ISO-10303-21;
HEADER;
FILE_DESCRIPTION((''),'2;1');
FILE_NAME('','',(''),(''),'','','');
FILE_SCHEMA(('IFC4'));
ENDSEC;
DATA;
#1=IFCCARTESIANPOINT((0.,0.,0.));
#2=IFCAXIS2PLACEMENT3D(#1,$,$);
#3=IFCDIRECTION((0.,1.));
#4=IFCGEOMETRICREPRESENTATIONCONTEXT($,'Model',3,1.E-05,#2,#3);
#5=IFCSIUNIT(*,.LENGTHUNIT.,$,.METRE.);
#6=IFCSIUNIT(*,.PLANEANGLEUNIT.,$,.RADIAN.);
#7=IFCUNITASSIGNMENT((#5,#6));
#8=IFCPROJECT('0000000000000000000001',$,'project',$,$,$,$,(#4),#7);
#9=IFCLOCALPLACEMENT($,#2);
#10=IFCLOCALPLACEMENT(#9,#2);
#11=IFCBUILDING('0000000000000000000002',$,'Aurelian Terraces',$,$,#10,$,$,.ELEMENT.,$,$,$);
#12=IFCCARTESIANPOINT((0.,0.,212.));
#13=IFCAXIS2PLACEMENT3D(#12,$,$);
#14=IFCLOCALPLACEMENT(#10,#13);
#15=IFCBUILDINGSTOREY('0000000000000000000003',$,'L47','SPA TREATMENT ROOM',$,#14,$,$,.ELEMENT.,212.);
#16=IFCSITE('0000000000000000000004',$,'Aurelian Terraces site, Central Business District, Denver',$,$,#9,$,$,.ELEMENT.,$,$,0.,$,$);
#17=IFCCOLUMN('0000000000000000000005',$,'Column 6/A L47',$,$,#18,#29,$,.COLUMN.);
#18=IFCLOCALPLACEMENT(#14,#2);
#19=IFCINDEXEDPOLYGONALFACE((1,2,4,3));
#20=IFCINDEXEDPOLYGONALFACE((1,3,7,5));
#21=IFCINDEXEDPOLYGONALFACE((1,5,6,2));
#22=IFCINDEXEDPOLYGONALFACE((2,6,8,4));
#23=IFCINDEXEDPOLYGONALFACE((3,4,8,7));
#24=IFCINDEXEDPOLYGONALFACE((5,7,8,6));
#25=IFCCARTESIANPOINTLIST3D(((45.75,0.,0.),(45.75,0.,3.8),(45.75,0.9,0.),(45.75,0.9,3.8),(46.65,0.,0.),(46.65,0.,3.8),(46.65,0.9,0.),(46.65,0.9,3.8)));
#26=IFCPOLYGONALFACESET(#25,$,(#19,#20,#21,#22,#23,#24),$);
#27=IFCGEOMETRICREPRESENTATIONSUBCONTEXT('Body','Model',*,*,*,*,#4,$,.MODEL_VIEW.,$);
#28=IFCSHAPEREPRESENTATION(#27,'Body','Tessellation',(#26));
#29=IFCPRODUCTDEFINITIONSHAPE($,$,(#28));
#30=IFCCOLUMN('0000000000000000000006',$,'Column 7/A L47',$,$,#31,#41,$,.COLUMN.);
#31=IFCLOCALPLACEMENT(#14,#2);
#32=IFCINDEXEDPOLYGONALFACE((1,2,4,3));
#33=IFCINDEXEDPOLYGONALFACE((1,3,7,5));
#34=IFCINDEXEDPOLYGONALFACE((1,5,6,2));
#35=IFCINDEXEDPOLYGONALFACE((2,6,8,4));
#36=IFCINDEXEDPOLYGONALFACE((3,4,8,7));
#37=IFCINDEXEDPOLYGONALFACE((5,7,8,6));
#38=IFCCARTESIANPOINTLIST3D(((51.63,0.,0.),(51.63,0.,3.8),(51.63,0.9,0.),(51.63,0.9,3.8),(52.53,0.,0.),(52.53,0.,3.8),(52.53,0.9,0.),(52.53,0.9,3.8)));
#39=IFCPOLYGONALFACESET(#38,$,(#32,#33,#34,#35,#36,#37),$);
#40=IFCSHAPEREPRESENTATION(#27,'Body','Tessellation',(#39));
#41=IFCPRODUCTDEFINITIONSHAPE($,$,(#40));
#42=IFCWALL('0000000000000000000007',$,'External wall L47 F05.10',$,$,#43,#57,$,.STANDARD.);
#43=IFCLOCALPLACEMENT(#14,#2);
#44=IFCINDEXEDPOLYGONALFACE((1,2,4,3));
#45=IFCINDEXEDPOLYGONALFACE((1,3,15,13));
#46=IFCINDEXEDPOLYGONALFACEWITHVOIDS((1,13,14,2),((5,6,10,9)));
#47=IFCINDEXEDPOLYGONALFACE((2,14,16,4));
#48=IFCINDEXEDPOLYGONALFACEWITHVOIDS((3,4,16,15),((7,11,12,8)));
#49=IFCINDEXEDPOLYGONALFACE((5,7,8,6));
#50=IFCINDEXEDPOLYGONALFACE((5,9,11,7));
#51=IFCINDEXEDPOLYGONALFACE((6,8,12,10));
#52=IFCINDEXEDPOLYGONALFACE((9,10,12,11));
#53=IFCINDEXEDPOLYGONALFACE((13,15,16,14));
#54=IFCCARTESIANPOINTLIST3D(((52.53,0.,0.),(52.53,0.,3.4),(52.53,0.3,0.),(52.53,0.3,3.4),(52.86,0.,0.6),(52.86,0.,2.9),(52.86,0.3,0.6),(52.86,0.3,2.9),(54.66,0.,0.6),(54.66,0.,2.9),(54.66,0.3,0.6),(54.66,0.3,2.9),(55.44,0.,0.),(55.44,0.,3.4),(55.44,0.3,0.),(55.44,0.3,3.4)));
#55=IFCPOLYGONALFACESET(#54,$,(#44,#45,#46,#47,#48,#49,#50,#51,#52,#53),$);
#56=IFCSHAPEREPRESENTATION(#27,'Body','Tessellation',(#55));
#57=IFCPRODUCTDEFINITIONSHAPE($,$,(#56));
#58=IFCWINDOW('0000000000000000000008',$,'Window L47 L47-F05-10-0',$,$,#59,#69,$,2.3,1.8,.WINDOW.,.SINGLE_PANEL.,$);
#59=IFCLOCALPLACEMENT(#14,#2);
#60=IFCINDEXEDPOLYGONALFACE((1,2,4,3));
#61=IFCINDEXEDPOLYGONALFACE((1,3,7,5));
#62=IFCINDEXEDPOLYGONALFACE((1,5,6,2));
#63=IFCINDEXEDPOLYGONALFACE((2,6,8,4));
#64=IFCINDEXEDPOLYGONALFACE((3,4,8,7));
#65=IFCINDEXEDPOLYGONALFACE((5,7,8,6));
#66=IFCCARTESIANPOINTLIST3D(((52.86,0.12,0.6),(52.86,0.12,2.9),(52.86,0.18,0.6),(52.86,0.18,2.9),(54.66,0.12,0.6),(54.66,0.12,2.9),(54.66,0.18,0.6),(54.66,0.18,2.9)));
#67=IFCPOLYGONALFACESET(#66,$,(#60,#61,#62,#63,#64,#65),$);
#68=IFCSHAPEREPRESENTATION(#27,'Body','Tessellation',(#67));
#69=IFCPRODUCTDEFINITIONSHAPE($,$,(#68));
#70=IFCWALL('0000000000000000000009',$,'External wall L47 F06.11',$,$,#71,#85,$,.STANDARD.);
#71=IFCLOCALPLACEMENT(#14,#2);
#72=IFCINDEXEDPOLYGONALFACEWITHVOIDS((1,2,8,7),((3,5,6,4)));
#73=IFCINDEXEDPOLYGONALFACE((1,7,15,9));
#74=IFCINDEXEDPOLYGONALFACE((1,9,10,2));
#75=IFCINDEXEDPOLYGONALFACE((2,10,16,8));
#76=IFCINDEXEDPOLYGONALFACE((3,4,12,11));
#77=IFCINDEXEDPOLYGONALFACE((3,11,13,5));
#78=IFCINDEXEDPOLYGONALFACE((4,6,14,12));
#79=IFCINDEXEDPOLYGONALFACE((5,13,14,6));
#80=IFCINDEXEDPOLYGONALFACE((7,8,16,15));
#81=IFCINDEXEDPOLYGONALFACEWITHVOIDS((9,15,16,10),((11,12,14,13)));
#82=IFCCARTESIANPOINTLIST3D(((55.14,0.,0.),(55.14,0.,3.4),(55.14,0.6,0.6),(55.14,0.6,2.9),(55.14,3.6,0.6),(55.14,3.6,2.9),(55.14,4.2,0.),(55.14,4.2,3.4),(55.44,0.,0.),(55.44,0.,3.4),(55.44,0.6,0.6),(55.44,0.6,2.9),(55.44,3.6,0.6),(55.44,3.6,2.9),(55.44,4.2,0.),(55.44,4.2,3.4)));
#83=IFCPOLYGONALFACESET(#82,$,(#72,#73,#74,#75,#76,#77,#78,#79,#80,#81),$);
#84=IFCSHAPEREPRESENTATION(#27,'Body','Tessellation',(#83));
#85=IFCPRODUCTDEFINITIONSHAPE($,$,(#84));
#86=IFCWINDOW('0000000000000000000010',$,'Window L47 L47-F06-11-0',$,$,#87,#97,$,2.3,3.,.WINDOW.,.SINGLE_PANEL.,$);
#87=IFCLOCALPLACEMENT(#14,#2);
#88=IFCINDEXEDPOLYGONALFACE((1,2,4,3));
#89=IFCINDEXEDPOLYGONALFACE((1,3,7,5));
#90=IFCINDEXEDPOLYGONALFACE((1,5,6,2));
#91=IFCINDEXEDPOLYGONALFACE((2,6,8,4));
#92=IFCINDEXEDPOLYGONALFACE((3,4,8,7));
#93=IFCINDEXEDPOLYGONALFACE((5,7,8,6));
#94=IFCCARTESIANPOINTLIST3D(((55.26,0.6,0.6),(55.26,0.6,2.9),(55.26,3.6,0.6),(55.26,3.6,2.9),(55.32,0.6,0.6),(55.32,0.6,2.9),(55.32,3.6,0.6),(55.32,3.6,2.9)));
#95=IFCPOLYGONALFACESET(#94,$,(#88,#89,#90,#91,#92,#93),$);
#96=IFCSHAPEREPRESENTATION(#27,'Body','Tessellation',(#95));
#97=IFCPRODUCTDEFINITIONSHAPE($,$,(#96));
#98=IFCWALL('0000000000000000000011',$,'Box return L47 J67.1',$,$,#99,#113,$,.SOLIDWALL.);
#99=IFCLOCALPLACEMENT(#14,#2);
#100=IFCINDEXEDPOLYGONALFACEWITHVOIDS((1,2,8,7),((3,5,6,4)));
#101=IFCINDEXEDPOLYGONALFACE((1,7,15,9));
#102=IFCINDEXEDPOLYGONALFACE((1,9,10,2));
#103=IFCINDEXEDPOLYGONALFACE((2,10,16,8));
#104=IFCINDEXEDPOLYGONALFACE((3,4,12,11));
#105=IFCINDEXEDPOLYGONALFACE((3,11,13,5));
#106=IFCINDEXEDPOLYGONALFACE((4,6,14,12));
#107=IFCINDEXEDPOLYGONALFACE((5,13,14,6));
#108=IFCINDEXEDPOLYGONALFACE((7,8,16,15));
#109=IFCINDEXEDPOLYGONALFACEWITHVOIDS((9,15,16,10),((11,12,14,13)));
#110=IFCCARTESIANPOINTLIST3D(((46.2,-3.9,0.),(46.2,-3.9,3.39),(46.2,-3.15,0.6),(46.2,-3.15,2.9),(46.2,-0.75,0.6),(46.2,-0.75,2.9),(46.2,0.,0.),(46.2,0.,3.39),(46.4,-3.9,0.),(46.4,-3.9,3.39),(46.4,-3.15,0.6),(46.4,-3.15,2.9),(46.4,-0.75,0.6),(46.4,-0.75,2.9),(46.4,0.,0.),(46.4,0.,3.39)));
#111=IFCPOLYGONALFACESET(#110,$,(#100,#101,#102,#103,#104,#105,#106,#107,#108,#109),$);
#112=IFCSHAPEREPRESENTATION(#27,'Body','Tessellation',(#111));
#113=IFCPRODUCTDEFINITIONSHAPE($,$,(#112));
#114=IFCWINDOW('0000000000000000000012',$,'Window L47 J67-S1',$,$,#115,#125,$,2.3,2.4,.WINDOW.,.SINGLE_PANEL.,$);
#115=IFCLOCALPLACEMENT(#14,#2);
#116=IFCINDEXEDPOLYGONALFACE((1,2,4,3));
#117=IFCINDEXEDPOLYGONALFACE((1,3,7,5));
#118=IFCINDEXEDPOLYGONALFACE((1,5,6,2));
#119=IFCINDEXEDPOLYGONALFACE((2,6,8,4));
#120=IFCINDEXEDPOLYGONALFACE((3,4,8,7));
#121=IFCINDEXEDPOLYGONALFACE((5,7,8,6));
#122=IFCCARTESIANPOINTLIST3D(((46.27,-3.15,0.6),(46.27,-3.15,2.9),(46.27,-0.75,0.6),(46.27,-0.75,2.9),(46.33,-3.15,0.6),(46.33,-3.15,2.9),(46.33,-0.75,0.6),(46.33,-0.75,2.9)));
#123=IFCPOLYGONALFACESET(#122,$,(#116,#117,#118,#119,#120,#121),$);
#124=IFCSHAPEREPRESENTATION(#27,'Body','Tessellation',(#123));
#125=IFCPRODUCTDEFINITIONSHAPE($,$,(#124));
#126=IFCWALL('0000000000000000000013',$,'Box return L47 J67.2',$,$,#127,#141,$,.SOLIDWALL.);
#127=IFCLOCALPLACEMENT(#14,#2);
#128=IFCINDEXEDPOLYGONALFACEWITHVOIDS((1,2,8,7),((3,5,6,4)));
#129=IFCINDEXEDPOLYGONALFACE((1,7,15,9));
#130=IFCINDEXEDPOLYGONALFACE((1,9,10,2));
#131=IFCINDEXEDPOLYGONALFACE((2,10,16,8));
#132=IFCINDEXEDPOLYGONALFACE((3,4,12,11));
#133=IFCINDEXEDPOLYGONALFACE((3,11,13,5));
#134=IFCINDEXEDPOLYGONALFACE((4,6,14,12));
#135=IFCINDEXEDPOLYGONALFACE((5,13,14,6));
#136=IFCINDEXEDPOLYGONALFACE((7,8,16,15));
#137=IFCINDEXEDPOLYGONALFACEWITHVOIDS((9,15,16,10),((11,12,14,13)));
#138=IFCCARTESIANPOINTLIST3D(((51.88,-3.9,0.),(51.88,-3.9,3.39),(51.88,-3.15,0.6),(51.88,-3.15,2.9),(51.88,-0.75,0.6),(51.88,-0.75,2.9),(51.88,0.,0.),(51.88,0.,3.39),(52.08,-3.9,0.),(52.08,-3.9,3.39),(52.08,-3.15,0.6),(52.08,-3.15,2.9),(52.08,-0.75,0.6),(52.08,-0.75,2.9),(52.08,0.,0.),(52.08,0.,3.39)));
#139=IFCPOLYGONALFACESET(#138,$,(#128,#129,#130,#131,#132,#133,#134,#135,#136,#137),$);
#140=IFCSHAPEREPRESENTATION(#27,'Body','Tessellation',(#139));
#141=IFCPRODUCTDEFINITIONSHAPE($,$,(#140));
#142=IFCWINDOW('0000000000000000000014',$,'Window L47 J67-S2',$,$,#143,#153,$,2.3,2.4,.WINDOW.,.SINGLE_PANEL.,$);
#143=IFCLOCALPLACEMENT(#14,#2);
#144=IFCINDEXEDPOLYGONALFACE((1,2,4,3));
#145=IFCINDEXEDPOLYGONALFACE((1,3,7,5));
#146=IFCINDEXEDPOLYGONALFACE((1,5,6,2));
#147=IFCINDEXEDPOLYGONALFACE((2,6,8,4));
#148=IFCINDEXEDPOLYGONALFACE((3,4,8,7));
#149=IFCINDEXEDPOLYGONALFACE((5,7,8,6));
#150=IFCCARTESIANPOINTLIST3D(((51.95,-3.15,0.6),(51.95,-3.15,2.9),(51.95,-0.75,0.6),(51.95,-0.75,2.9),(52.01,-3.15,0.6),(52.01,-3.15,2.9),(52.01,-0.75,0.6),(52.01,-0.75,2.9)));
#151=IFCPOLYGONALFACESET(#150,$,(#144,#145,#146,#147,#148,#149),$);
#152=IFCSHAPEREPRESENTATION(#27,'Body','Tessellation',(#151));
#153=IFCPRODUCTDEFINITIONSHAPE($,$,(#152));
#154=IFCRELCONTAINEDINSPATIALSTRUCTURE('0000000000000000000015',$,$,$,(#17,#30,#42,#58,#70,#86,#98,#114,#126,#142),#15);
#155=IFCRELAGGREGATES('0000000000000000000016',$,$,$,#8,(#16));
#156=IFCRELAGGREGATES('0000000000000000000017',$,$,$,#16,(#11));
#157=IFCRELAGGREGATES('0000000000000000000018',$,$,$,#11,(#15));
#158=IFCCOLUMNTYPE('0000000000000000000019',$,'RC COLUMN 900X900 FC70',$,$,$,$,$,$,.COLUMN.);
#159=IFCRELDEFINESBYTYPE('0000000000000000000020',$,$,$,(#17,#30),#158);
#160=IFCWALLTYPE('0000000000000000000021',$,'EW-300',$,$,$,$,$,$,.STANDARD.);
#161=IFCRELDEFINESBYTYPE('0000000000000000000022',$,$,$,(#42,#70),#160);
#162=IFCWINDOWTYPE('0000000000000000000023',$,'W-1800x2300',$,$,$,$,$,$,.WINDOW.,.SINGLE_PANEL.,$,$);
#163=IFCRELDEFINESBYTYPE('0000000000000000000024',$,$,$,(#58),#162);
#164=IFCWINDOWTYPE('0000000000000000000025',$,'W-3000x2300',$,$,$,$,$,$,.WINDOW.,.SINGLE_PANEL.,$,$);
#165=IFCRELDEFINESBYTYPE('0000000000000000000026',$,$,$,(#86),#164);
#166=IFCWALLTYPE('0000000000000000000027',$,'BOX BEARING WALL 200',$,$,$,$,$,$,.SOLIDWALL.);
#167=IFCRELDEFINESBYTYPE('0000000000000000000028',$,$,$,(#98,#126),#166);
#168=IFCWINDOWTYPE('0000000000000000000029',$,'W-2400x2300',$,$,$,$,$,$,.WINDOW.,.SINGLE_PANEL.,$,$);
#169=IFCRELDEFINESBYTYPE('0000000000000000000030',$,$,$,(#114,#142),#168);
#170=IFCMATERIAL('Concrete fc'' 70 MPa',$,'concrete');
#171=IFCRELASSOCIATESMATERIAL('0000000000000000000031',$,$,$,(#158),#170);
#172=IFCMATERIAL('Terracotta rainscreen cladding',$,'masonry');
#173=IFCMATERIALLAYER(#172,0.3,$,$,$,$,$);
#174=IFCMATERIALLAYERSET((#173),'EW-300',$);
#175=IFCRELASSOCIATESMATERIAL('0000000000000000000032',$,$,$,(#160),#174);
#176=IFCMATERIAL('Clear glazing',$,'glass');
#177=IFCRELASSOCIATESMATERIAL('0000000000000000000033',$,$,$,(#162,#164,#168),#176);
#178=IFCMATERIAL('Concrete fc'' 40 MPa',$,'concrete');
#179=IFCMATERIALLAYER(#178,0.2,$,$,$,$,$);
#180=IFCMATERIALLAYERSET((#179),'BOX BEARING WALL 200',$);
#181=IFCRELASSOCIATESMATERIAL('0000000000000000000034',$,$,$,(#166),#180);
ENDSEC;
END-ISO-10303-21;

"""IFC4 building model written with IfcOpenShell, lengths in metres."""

from ifc_helpers import new_model, si_unit, direction, frame, frame_2d, origin, origin_2d, place, context, subcontext, project, spatial, rectangle, extrude, source, transform, mapped, material, layer, layer_set, material_profile, profile_set, type_object, element, fill, save


model = new_model("IFC4")

# Units and contexts
model_context = context("Model", 3, precision=1e-05, world=origin(), true_north=direction((0.0, 1.0)))
body_context = subcontext(model_context, "Body", "Model", "MODEL_VIEW")
ifc_project = project(units=[si_unit("LENGTHUNIT", "METRE"), si_unit("PLANEANGLEUNIT", "RADIAN")], contexts=[model_context])

# Site, building, storey
site_placement = place(None, origin())
site = spatial("IfcSite", under=ifc_project, at=site_placement, Name="Aurelian Terraces site, Central Business District, Denver", CompositionType="ELEMENT", RefElevation=0.0)
building_placement = place(site_placement, origin())
building = spatial("IfcBuilding", under=site, at=building_placement, Name="Aurelian Terraces", CompositionType="ELEMENT")
storey_placement = place(building_placement, frame((0.0, 0.0, 212.0)))
storey = spatial("IfcBuildingStorey", under=building, at=storey_placement, Name="L47", Description="SPA TREATMENT ROOM", CompositionType="ELEMENT", Elevation=212.0)

# Columns
ifc_material_1 = material(Name="Concrete fc' 70 MPa", Category="concrete")
ifc_material_profile = material_profile(ifc_material_1, rectangle(XDim=0.9, YDim=0.9, at=origin_2d()))
ifc_profile_set = profile_set([ifc_material_profile], Name="Concrete fc' 70 MPa")
column_type = type_object("IfcColumnType", Name="RC COLUMN 900X900 FC70", PredefinedType="COLUMN", material=ifc_profile_set)
shared_shape_1 = source(origin(), body_context, "Body", "SweptSolid", [
    extrude(rectangle(XDim=0.9, YDim=0.9, at=origin_2d()), origin(), (0.0, 0.0, 1.0), 3.8),
])
for number, where, z_axis, x_axis, name in (
    (1, (46.2, 0.45, 0.0), (0.0, 0.0, 1.0), (1.0, 0.0, 0.0), "Column 6/A L47"),
    (2, (52.08, 0.45, 0.0), (0.0, 0.0, 1.0), (1.0, 0.0, 0.0), "Column 7/A L47"),
):
    element("IfcColumn", number, at=place(storey_placement, frame(where, z_axis=z_axis, x_axis=x_axis)), inside=storey, type_object=column_type, Name=name, PredefinedType="COLUMN", context=body_context, shape_type="MappedRepresentation", body=[
        mapped(shared_shape_1, transform((0.0, 0.0, 0.0), scale=1.0)),
    ])

# Walls, openings, windows
ifc_material_2 = material(Name="Terracotta rainscreen cladding", Category="masonry")
ifc_layer_1 = layer(ifc_material_2, 0.3)
ifc_layer_set_1 = layer_set([ifc_layer_1], Name="EW-300")
wall_type_1 = type_object("IfcWallType", Name="EW-300", PredefinedType="STANDARD", material=ifc_layer_set_1)
shared_shape_2 = source(origin(), body_context, "Body", "SweptSolid", [
    extrude(rectangle(XDim=2.91, YDim=0.3, at=frame_2d((1.455, 0.0))), origin(), (0.0, 0.0, 1.0), 3.4),
])
wall_1_placement = place(storey_placement, frame((52.53, 0.15, 0.0), z_axis=(0.0, 0.0, 1.0), x_axis=(1.0, 0.0, 0.0)))
wall_1 = element("IfcWall", 3, at=wall_1_placement, inside=storey, type_object=wall_type_1, Name="External wall L47 F05.10", PredefinedType="STANDARD", context=body_context, shape_type="MappedRepresentation", body=[
    mapped(shared_shape_2, transform((0.0, 0.0, 0.0), scale=1.0)),
])
shared_shape_3 = source(origin(), body_context, "Body", "SweptSolid", [
    extrude(rectangle(XDim=1.8, YDim=2.3, at=frame_2d((0.9, 1.15))), frame((0.0, 0.16, 0.0), z_axis=(0.0, -1.0, 0.0), x_axis=(1.0, 0.0, 0.0)), (0.0, 0.0, 1.0), 0.32),
])
opening_1_placement = place(wall_1_placement, frame((0.33, 0.0, 0.6)))
opening_1 = element("IfcOpeningElement", 4, at=opening_1_placement, cuts=wall_1, PredefinedType="OPENING", context=body_context, shape_type="MappedRepresentation", body=[
    mapped(shared_shape_3, transform((0.0, 0.0, 0.0), scale=1.0)),
])
ifc_material_3 = material(Name="Clear glazing", Category="glass")
window_type_1 = type_object("IfcWindowType", Name="W-1800x2300", PartitioningType="SINGLE_PANEL", PredefinedType="WINDOW", material=ifc_material_3)
shared_shape_4 = source(origin(), body_context, "Body", "SweptSolid", [
    extrude(rectangle(XDim=1.8, YDim=2.3, at=frame_2d((0.9, 1.15))), frame((0.0, 0.03, 0.0), z_axis=(0.0, -1.0, 0.0), x_axis=(1.0, 0.0, 0.0)), (0.0, 0.0, 1.0), 0.06),
])
window_1_placement = place(opening_1_placement, origin())
window_1 = element("IfcWindow", 5, at=window_1_placement, inside=storey, type_object=window_type_1, Name="Window L47 L47-F05-10-0", OverallHeight=2.3, OverallWidth=1.8, PartitioningType="SINGLE_PANEL", PredefinedType="WINDOW", context=body_context, shape_type="MappedRepresentation", body=[
    mapped(shared_shape_4, transform((0.0, 0.0, 0.0), scale=1.0)),
])
fill(opening_1, window_1)
shared_shape_5 = source(origin(), body_context, "Body", "SweptSolid", [
    extrude(rectangle(XDim=4.2, YDim=0.3, at=frame_2d((2.1, 0.0))), origin(), (0.0, 0.0, 1.0), 3.4),
])
wall_2_placement = place(storey_placement, frame((55.29, 0.0, 0.0), z_axis=(0.0, 0.0, 1.0), x_axis=(0.0, 1.0, 0.0)))
wall_2 = element("IfcWall", 6, at=wall_2_placement, inside=storey, type_object=wall_type_1, Name="External wall L47 F06.11", PredefinedType="STANDARD", context=body_context, shape_type="MappedRepresentation", body=[
    mapped(shared_shape_5, transform((0.0, 0.0, 0.0), scale=1.0)),
])
shared_shape_6 = source(origin(), body_context, "Body", "SweptSolid", [
    extrude(rectangle(XDim=3.0, YDim=2.3, at=frame_2d((1.5, 1.15))), frame((0.0, 0.16, 0.0), z_axis=(0.0, -1.0, 0.0), x_axis=(1.0, 0.0, 0.0)), (0.0, 0.0, 1.0), 0.32),
])
opening_2_placement = place(wall_2_placement, frame((0.6, 0.0, 0.6)))
opening_2 = element("IfcOpeningElement", 7, at=opening_2_placement, cuts=wall_2, PredefinedType="OPENING", context=body_context, shape_type="MappedRepresentation", body=[
    mapped(shared_shape_6, transform((0.0, 0.0, 0.0), scale=1.0)),
])
window_type_2 = type_object("IfcWindowType", Name="W-3000x2300", PartitioningType="SINGLE_PANEL", PredefinedType="WINDOW", material=ifc_material_3)
shared_shape_7 = source(origin(), body_context, "Body", "SweptSolid", [
    extrude(rectangle(XDim=3.0, YDim=2.3, at=frame_2d((1.5, 1.15))), frame((0.0, 0.03, 0.0), z_axis=(0.0, -1.0, 0.0), x_axis=(1.0, 0.0, 0.0)), (0.0, 0.0, 1.0), 0.06),
])
window_2_placement = place(opening_2_placement, origin())
window_2 = element("IfcWindow", 8, at=window_2_placement, inside=storey, type_object=window_type_2, Name="Window L47 L47-F06-11-0", OverallHeight=2.3, OverallWidth=3.0, PartitioningType="SINGLE_PANEL", PredefinedType="WINDOW", context=body_context, shape_type="MappedRepresentation", body=[
    mapped(shared_shape_7, transform((0.0, 0.0, 0.0), scale=1.0)),
])
fill(opening_2, window_2)
ifc_material_4 = material(Name="Concrete fc' 40 MPa", Category="concrete")
ifc_layer_2 = layer(ifc_material_4, 0.2)
ifc_layer_set_2 = layer_set([ifc_layer_2], Name="BOX BEARING WALL 200")
wall_type_2 = type_object("IfcWallType", Name="BOX BEARING WALL 200", PredefinedType="SOLIDWALL", material=ifc_layer_set_2)
shared_shape_8 = source(origin(), body_context, "Body", "SweptSolid", [
    extrude(rectangle(XDim=3.9, YDim=0.2, at=frame_2d((1.95, 0.0))), origin(), (0.0, 0.0, 1.0), 3.39),
])
wall_3_placement = place(storey_placement, frame((46.3, 0.0, 0.0), z_axis=(0.0, 0.0, 1.0), x_axis=(0.0, -1.0, 0.0)))
wall_3 = element("IfcWall", 9, at=wall_3_placement, inside=storey, type_object=wall_type_2, Name="Box return L47 J67.1", PredefinedType="SOLIDWALL", context=body_context, shape_type="MappedRepresentation", body=[
    mapped(shared_shape_8, transform((0.0, 0.0, 0.0), scale=1.0)),
])
shared_shape_9 = source(origin(), body_context, "Body", "SweptSolid", [
    extrude(rectangle(XDim=2.4, YDim=2.3, at=frame_2d((1.2, 1.15))), frame((0.0, 0.11, 0.0), z_axis=(0.0, -1.0, 0.0), x_axis=(1.0, 0.0, 0.0)), (0.0, 0.0, 1.0), 0.22),
])
opening_3_placement = place(wall_3_placement, frame((0.75, 0.0, 0.6)))
opening_3 = element("IfcOpeningElement", 10, at=opening_3_placement, cuts=wall_3, PredefinedType="OPENING", context=body_context, shape_type="MappedRepresentation", body=[
    mapped(shared_shape_9, transform((0.0, 0.0, 0.0), scale=1.0)),
])
window_type_3 = type_object("IfcWindowType", Name="W-2400x2300", PartitioningType="SINGLE_PANEL", PredefinedType="WINDOW", material=ifc_material_3)
shared_shape_10 = source(origin(), body_context, "Body", "SweptSolid", [
    extrude(rectangle(XDim=2.4, YDim=2.3, at=frame_2d((1.2, 1.15))), frame((0.0, 0.03, 0.0), z_axis=(0.0, -1.0, 0.0), x_axis=(1.0, 0.0, 0.0)), (0.0, 0.0, 1.0), 0.06),
])
window_3_placement = place(opening_3_placement, origin())
window_3 = element("IfcWindow", 11, at=window_3_placement, inside=storey, type_object=window_type_3, Name="Window L47 J67-S1", OverallHeight=2.3, OverallWidth=2.4, PartitioningType="SINGLE_PANEL", PredefinedType="WINDOW", context=body_context, shape_type="MappedRepresentation", body=[
    mapped(shared_shape_10, transform((0.0, 0.0, 0.0), scale=1.0)),
])
fill(opening_3, window_3)
wall_4_placement = place(storey_placement, frame((51.98, 0.0, 0.0), z_axis=(0.0, 0.0, 1.0), x_axis=(0.0, -1.0, 0.0)))
wall_4 = element("IfcWall", 12, at=wall_4_placement, inside=storey, type_object=wall_type_2, Name="Box return L47 J67.2", PredefinedType="SOLIDWALL", context=body_context, shape_type="MappedRepresentation", body=[
    mapped(shared_shape_8, transform((0.0, 0.0, 0.0), scale=1.0)),
])
opening_4_placement = place(wall_4_placement, frame((0.75, 0.0, 0.6)))
opening_4 = element("IfcOpeningElement", 13, at=opening_4_placement, cuts=wall_4, PredefinedType="OPENING", context=body_context, shape_type="MappedRepresentation", body=[
    mapped(shared_shape_9, transform((0.0, 0.0, 0.0), scale=1.0)),
])
window_4_placement = place(opening_4_placement, origin())
window_4 = element("IfcWindow", 14, at=window_4_placement, inside=storey, type_object=window_type_3, Name="Window L47 J67-S2", OverallHeight=2.3, OverallWidth=2.4, PartitioningType="SINGLE_PANEL", PredefinedType="WINDOW", context=body_context, shape_type="MappedRepresentation", body=[
    mapped(shared_shape_10, transform((0.0, 0.0, 0.0), scale=1.0)),
])
fill(opening_4, window_4)

save(model, "model.ifc")
